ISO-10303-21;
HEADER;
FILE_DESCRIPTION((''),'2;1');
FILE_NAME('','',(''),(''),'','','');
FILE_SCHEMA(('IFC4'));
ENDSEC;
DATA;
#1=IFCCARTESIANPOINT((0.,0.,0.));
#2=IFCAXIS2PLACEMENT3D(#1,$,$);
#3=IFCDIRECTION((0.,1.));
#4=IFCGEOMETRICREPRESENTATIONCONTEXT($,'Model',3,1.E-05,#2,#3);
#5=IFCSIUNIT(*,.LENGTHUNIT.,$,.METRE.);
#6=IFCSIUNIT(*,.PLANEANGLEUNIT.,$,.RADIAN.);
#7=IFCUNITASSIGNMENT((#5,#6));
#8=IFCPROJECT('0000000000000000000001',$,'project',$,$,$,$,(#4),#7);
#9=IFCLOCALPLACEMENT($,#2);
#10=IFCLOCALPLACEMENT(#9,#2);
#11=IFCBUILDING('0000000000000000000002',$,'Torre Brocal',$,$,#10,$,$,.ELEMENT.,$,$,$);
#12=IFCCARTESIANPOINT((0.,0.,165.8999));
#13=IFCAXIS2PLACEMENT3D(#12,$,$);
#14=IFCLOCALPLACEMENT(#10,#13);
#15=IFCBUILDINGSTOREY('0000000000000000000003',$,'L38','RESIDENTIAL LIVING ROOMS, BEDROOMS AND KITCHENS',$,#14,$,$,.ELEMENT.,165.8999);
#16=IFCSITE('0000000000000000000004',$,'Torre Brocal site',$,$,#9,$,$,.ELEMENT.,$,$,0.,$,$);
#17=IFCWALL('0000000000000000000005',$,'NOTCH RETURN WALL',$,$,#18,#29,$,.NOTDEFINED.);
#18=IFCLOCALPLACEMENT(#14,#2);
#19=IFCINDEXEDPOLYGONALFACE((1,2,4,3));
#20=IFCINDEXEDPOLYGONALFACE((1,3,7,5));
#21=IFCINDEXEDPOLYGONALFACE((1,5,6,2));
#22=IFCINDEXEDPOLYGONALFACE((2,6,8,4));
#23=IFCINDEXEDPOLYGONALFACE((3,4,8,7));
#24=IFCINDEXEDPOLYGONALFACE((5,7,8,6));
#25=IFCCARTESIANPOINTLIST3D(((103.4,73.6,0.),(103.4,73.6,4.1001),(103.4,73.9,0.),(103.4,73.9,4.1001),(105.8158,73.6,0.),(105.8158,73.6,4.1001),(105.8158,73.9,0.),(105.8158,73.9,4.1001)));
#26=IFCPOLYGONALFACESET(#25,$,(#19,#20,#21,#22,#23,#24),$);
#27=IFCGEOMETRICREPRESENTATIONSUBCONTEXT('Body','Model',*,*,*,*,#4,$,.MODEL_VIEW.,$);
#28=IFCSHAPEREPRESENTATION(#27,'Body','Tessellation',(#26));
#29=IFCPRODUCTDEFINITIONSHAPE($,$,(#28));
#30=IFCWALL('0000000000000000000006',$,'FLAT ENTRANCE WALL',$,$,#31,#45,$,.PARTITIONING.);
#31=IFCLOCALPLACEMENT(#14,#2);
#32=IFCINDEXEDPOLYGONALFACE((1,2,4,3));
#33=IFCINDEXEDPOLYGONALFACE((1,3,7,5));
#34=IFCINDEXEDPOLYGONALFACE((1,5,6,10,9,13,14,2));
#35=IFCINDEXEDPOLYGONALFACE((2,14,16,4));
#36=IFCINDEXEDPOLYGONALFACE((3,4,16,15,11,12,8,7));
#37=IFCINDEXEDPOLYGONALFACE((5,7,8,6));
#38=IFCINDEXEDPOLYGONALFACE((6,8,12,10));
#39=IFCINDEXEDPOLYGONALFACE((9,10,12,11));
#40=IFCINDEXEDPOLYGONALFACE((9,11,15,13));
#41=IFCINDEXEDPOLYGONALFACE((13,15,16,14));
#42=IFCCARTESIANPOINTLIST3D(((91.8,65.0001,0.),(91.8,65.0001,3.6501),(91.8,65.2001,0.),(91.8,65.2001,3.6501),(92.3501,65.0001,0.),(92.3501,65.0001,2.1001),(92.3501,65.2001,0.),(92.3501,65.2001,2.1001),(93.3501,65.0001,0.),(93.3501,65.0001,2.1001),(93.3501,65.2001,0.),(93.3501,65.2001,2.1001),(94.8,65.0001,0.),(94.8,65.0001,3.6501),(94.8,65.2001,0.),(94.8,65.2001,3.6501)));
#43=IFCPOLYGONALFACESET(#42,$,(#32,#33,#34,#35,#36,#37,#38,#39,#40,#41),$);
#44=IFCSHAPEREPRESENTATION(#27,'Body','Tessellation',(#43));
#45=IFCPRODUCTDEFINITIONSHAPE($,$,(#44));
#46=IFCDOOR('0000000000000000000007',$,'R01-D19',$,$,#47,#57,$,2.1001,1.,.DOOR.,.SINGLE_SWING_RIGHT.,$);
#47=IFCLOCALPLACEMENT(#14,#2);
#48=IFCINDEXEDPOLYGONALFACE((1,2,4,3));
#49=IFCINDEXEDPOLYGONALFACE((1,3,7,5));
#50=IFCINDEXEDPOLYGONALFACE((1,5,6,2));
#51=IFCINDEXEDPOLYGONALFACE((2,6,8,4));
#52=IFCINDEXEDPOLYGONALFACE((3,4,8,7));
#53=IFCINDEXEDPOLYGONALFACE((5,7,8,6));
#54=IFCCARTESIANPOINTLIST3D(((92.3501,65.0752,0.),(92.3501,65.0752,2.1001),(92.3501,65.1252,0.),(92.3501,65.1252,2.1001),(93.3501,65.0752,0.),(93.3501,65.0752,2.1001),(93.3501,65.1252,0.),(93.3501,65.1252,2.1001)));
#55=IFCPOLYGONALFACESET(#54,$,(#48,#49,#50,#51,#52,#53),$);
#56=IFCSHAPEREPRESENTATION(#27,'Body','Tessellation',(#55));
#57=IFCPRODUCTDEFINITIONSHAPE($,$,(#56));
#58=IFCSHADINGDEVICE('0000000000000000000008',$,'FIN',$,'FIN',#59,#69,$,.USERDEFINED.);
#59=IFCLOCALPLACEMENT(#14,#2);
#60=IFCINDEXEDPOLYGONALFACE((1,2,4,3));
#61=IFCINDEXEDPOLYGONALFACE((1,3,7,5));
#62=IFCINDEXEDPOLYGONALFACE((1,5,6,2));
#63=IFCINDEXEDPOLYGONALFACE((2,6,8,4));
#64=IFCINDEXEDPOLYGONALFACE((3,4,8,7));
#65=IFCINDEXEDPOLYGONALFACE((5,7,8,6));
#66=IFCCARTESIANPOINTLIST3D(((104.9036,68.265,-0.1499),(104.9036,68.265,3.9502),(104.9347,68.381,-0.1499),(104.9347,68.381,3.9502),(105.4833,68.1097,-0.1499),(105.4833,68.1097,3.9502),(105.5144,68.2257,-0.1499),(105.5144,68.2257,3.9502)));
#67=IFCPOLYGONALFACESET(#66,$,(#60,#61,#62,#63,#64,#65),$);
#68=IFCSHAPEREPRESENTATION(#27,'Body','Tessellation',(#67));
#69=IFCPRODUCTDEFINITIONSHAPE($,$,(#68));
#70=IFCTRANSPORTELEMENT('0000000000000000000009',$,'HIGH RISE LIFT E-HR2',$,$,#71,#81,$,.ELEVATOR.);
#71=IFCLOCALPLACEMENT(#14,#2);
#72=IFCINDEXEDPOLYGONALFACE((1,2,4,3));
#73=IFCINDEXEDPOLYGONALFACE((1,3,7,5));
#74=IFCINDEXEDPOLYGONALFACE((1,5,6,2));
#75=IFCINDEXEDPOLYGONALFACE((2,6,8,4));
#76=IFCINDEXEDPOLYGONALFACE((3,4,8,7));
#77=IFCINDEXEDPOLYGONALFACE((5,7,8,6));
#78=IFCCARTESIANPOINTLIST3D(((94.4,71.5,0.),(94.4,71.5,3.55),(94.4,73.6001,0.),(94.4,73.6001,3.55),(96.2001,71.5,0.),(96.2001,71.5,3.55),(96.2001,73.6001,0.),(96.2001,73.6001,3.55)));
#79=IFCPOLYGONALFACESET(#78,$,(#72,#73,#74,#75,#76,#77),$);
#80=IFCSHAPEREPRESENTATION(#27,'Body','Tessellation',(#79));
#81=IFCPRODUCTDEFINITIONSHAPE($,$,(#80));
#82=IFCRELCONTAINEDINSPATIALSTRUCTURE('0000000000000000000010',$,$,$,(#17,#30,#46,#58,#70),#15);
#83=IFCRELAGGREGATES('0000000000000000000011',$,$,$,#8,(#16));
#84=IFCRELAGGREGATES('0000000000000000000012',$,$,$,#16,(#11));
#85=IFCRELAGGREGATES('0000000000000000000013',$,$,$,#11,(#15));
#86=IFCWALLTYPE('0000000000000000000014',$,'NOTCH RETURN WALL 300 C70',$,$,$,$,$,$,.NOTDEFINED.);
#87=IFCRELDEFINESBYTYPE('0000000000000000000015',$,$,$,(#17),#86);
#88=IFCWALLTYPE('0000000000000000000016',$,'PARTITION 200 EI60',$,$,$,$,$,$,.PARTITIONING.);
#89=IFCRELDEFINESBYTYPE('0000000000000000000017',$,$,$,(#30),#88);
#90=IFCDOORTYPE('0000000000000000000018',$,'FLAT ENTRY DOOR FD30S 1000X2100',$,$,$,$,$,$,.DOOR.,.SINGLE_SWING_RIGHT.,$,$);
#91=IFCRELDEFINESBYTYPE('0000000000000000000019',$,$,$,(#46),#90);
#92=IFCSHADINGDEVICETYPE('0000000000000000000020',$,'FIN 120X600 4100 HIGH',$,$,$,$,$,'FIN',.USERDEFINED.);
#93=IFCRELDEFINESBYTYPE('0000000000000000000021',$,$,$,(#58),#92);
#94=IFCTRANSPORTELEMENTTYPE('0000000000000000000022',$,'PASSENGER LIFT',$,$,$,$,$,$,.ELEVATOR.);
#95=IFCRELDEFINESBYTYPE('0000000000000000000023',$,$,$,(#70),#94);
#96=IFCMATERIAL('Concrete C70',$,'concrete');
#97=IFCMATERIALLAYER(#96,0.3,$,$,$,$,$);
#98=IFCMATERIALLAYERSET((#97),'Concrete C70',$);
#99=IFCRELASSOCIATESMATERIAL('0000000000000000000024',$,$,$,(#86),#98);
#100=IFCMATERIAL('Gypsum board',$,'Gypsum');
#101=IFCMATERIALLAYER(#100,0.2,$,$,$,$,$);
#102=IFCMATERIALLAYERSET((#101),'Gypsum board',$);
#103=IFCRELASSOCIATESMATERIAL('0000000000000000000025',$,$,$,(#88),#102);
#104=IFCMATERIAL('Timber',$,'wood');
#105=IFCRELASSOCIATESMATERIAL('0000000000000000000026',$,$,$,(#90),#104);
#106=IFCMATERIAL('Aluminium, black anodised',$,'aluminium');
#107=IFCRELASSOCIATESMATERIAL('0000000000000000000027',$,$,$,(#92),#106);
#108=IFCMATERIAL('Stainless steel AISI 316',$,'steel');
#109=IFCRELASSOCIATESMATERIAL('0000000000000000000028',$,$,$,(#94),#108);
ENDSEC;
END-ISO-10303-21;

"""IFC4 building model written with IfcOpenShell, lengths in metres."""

from ifc_helpers import new_model, si_unit, direction, frame, frame_2d, origin, origin_2d, place, context, subcontext, project, spatial, rectangle, extrude, material, layer, layer_set, material_profile, profile_set, type_object, element, fill, save


model = new_model("IFC4")

# Units and contexts
model_context = context("Model", 3, precision=1e-05, world=origin(), true_north=direction((0.0, 1.0)))
body_context = subcontext(model_context, "Body", "Model", "MODEL_VIEW")
ifc_project = project(units=[si_unit("LENGTHUNIT", "METRE"), si_unit("PLANEANGLEUNIT", "RADIAN")], contexts=[model_context])

# Site, building, storey
site_placement = place(None, origin())
site = spatial("IfcSite", under=ifc_project, at=site_placement, Name="Torre Brocal site", CompositionType="ELEMENT", RefElevation=0.0)
building_placement = place(site_placement, origin())
building = spatial("IfcBuilding", under=site, at=building_placement, Name="Torre Brocal", CompositionType="ELEMENT")
storey_placement = place(building_placement, frame((0.0, 0.0, 165.8999)))
storey = spatial("IfcBuildingStorey", under=building, at=storey_placement, Name="L38", Description="RESIDENTIAL LIVING ROOMS, BEDROOMS AND KITCHENS", CompositionType="ELEMENT", Elevation=165.8999)

# Wall
ifc_material_1 = material(Name="Concrete C70", Category="concrete")
ifc_layer_1 = layer(ifc_material_1, 0.3)
ifc_layer_set_1 = layer_set([ifc_layer_1], Name="Concrete C70")
wall_type_1 = type_object("IfcWallType", Name="NOTCH RETURN WALL 300 C70", PredefinedType="NOTDEFINED", material=ifc_layer_set_1)
wall_1_placement = place(storey_placement, frame((103.3999, 73.75, 0.0), z_axis=(0.0, 0.0, 1.0), x_axis=(1.0, 0.0, 0.0)))
element("IfcWall", 1, at=wall_1_placement, inside=storey, type_object=wall_type_1, Name="NOTCH RETURN WALL", PredefinedType="NOTDEFINED", context=body_context, shape_type="SweptSolid", body=[
    extrude(rectangle(XDim=2.4158, YDim=0.3, at=frame_2d((1.208, 0.0))), origin(), (0.0, 0.0, 1.0), 4.1001),
])

# Wall, opening, door
ifc_material_2 = material(Name="Gypsum board", Category="Gypsum")
ifc_layer_2 = layer(ifc_material_2, 0.2)
ifc_layer_set_2 = layer_set([ifc_layer_2], Name="Gypsum board")
wall_type_2 = type_object("IfcWallType", Name="PARTITION 200 EI60", PredefinedType="PARTITIONING", material=ifc_layer_set_2)
wall_2_placement = place(storey_placement, frame((91.8, 65.1001, 0.0), z_axis=(0.0, 0.0, 1.0), x_axis=(1.0, 0.0, 0.0)))
wall_2 = element("IfcWall", 2, at=wall_2_placement, inside=storey, type_object=wall_type_2, Name="FLAT ENTRANCE WALL", PredefinedType="PARTITIONING", context=body_context, shape_type="SweptSolid", body=[
    extrude(rectangle(XDim=3.0, YDim=0.2, at=frame_2d((1.5, 0.0))), origin(), (0.0, 0.0, 1.0), 3.6501),
])
opening_1_placement = place(wall_2_placement, frame((0.55, 0.0, 0.0)))
opening_1 = element("IfcOpeningElement", 3, at=opening_1_placement, cuts=wall_2, PredefinedType="OPENING", context=body_context, shape_type="SweptSolid", body=[
    extrude(rectangle(XDim=1.0, YDim=2.1001, at=frame_2d((0.5, 1.05))), frame((0.0, 0.1099, 0.0), z_axis=(0.0, -1.0, 0.0), x_axis=(1.0, 0.0, 0.0)), (0.0, 0.0, 1.0), 0.22),
])
ifc_material_3 = material(Name="Timber", Category="wood")
door_type_1 = type_object("IfcDoorType", Name="FLAT ENTRY DOOR FD30S 1000X2100", OperationType="SINGLE_SWING_RIGHT", PredefinedType="DOOR", material=ifc_material_3)
door_1_placement = place(opening_1_placement, frame((1.0, 0.0, 0.0), z_axis=(0.0, 0.0, 1.0), x_axis=(-1.0, 0.0, 0.0)))
door_1 = element("IfcDoor", 4, at=door_1_placement, inside=storey, type_object=door_type_1, Name="R01-D19", OperationType="SINGLE_SWING_RIGHT", OverallHeight=2.1001, OverallWidth=1.0, PredefinedType="DOOR", context=body_context, shape_type="SweptSolid", body=[
    extrude(rectangle(XDim=1.0, YDim=2.1001, at=frame_2d((0.5, 1.05))), frame((0.0, 0.0249, 0.0), z_axis=(0.0, -1.0, 0.0), x_axis=(1.0, 0.0, 0.0)), (0.0, 0.0, 1.0), 0.05),
])
fill(opening_1, door_1)

# Shading device
ifc_material_4 = material(Name="Aluminium, black anodised", Category="aluminium")
ifc_material_profile_1 = material_profile(ifc_material_4, rectangle(XDim=0.1201, YDim=0.6001, at=origin_2d()), Name="FIN 120X600 4100 HIGH")
ifc_profile_set_1 = profile_set([ifc_material_profile_1], Name="Aluminium, black anodised")
shading_device_type = type_object("IfcShadingDeviceType", Name="FIN 120X600 4100 HIGH", ElementType="FIN", PredefinedType="USERDEFINED", material=ifc_profile_set_1)
shading_device_placement = place(storey_placement, frame((105.209, 68.2454, -0.1499), z_axis=(0.0, 0.0, 1.0), x_axis=(0.258819, 0.965926, 0.0)))
element("IfcShadingDevice", 5, at=shading_device_placement, inside=storey, type_object=shading_device_type, Name="FIN", ObjectType="FIN", PredefinedType="USERDEFINED", context=body_context, shape_type="SweptSolid", body=[
    extrude(rectangle(XDim=0.1201, YDim=0.6001, at=origin_2d()), origin(), (0.0, 0.0, 1.0), 4.1001),
])

# Transport element
ifc_material_5 = material(Name="Stainless steel AISI 316", Category="steel")
transport_element_type = type_object("IfcTransportElementType", Name="PASSENGER LIFT", PredefinedType="ELEVATOR", material=ifc_material_5)
transport_element_placement = place(storey_placement, frame((95.3, 72.55, 0.0), z_axis=(0.0, 0.0, 1.0), x_axis=(1.0, 0.0, 0.0)))
element("IfcTransportElement", 6, at=transport_element_placement, inside=storey, type_object=transport_element_type, Name="HIGH RISE LIFT E-HR2", PredefinedType="ELEVATOR", context=body_context, shape_type="SweptSolid", body=[
    extrude(rectangle(XDim=1.8, YDim=2.1001, at=origin_2d()), origin(), (0.0, 0.0, 1.0), 3.55),
])

save(model, "model.ifc")
